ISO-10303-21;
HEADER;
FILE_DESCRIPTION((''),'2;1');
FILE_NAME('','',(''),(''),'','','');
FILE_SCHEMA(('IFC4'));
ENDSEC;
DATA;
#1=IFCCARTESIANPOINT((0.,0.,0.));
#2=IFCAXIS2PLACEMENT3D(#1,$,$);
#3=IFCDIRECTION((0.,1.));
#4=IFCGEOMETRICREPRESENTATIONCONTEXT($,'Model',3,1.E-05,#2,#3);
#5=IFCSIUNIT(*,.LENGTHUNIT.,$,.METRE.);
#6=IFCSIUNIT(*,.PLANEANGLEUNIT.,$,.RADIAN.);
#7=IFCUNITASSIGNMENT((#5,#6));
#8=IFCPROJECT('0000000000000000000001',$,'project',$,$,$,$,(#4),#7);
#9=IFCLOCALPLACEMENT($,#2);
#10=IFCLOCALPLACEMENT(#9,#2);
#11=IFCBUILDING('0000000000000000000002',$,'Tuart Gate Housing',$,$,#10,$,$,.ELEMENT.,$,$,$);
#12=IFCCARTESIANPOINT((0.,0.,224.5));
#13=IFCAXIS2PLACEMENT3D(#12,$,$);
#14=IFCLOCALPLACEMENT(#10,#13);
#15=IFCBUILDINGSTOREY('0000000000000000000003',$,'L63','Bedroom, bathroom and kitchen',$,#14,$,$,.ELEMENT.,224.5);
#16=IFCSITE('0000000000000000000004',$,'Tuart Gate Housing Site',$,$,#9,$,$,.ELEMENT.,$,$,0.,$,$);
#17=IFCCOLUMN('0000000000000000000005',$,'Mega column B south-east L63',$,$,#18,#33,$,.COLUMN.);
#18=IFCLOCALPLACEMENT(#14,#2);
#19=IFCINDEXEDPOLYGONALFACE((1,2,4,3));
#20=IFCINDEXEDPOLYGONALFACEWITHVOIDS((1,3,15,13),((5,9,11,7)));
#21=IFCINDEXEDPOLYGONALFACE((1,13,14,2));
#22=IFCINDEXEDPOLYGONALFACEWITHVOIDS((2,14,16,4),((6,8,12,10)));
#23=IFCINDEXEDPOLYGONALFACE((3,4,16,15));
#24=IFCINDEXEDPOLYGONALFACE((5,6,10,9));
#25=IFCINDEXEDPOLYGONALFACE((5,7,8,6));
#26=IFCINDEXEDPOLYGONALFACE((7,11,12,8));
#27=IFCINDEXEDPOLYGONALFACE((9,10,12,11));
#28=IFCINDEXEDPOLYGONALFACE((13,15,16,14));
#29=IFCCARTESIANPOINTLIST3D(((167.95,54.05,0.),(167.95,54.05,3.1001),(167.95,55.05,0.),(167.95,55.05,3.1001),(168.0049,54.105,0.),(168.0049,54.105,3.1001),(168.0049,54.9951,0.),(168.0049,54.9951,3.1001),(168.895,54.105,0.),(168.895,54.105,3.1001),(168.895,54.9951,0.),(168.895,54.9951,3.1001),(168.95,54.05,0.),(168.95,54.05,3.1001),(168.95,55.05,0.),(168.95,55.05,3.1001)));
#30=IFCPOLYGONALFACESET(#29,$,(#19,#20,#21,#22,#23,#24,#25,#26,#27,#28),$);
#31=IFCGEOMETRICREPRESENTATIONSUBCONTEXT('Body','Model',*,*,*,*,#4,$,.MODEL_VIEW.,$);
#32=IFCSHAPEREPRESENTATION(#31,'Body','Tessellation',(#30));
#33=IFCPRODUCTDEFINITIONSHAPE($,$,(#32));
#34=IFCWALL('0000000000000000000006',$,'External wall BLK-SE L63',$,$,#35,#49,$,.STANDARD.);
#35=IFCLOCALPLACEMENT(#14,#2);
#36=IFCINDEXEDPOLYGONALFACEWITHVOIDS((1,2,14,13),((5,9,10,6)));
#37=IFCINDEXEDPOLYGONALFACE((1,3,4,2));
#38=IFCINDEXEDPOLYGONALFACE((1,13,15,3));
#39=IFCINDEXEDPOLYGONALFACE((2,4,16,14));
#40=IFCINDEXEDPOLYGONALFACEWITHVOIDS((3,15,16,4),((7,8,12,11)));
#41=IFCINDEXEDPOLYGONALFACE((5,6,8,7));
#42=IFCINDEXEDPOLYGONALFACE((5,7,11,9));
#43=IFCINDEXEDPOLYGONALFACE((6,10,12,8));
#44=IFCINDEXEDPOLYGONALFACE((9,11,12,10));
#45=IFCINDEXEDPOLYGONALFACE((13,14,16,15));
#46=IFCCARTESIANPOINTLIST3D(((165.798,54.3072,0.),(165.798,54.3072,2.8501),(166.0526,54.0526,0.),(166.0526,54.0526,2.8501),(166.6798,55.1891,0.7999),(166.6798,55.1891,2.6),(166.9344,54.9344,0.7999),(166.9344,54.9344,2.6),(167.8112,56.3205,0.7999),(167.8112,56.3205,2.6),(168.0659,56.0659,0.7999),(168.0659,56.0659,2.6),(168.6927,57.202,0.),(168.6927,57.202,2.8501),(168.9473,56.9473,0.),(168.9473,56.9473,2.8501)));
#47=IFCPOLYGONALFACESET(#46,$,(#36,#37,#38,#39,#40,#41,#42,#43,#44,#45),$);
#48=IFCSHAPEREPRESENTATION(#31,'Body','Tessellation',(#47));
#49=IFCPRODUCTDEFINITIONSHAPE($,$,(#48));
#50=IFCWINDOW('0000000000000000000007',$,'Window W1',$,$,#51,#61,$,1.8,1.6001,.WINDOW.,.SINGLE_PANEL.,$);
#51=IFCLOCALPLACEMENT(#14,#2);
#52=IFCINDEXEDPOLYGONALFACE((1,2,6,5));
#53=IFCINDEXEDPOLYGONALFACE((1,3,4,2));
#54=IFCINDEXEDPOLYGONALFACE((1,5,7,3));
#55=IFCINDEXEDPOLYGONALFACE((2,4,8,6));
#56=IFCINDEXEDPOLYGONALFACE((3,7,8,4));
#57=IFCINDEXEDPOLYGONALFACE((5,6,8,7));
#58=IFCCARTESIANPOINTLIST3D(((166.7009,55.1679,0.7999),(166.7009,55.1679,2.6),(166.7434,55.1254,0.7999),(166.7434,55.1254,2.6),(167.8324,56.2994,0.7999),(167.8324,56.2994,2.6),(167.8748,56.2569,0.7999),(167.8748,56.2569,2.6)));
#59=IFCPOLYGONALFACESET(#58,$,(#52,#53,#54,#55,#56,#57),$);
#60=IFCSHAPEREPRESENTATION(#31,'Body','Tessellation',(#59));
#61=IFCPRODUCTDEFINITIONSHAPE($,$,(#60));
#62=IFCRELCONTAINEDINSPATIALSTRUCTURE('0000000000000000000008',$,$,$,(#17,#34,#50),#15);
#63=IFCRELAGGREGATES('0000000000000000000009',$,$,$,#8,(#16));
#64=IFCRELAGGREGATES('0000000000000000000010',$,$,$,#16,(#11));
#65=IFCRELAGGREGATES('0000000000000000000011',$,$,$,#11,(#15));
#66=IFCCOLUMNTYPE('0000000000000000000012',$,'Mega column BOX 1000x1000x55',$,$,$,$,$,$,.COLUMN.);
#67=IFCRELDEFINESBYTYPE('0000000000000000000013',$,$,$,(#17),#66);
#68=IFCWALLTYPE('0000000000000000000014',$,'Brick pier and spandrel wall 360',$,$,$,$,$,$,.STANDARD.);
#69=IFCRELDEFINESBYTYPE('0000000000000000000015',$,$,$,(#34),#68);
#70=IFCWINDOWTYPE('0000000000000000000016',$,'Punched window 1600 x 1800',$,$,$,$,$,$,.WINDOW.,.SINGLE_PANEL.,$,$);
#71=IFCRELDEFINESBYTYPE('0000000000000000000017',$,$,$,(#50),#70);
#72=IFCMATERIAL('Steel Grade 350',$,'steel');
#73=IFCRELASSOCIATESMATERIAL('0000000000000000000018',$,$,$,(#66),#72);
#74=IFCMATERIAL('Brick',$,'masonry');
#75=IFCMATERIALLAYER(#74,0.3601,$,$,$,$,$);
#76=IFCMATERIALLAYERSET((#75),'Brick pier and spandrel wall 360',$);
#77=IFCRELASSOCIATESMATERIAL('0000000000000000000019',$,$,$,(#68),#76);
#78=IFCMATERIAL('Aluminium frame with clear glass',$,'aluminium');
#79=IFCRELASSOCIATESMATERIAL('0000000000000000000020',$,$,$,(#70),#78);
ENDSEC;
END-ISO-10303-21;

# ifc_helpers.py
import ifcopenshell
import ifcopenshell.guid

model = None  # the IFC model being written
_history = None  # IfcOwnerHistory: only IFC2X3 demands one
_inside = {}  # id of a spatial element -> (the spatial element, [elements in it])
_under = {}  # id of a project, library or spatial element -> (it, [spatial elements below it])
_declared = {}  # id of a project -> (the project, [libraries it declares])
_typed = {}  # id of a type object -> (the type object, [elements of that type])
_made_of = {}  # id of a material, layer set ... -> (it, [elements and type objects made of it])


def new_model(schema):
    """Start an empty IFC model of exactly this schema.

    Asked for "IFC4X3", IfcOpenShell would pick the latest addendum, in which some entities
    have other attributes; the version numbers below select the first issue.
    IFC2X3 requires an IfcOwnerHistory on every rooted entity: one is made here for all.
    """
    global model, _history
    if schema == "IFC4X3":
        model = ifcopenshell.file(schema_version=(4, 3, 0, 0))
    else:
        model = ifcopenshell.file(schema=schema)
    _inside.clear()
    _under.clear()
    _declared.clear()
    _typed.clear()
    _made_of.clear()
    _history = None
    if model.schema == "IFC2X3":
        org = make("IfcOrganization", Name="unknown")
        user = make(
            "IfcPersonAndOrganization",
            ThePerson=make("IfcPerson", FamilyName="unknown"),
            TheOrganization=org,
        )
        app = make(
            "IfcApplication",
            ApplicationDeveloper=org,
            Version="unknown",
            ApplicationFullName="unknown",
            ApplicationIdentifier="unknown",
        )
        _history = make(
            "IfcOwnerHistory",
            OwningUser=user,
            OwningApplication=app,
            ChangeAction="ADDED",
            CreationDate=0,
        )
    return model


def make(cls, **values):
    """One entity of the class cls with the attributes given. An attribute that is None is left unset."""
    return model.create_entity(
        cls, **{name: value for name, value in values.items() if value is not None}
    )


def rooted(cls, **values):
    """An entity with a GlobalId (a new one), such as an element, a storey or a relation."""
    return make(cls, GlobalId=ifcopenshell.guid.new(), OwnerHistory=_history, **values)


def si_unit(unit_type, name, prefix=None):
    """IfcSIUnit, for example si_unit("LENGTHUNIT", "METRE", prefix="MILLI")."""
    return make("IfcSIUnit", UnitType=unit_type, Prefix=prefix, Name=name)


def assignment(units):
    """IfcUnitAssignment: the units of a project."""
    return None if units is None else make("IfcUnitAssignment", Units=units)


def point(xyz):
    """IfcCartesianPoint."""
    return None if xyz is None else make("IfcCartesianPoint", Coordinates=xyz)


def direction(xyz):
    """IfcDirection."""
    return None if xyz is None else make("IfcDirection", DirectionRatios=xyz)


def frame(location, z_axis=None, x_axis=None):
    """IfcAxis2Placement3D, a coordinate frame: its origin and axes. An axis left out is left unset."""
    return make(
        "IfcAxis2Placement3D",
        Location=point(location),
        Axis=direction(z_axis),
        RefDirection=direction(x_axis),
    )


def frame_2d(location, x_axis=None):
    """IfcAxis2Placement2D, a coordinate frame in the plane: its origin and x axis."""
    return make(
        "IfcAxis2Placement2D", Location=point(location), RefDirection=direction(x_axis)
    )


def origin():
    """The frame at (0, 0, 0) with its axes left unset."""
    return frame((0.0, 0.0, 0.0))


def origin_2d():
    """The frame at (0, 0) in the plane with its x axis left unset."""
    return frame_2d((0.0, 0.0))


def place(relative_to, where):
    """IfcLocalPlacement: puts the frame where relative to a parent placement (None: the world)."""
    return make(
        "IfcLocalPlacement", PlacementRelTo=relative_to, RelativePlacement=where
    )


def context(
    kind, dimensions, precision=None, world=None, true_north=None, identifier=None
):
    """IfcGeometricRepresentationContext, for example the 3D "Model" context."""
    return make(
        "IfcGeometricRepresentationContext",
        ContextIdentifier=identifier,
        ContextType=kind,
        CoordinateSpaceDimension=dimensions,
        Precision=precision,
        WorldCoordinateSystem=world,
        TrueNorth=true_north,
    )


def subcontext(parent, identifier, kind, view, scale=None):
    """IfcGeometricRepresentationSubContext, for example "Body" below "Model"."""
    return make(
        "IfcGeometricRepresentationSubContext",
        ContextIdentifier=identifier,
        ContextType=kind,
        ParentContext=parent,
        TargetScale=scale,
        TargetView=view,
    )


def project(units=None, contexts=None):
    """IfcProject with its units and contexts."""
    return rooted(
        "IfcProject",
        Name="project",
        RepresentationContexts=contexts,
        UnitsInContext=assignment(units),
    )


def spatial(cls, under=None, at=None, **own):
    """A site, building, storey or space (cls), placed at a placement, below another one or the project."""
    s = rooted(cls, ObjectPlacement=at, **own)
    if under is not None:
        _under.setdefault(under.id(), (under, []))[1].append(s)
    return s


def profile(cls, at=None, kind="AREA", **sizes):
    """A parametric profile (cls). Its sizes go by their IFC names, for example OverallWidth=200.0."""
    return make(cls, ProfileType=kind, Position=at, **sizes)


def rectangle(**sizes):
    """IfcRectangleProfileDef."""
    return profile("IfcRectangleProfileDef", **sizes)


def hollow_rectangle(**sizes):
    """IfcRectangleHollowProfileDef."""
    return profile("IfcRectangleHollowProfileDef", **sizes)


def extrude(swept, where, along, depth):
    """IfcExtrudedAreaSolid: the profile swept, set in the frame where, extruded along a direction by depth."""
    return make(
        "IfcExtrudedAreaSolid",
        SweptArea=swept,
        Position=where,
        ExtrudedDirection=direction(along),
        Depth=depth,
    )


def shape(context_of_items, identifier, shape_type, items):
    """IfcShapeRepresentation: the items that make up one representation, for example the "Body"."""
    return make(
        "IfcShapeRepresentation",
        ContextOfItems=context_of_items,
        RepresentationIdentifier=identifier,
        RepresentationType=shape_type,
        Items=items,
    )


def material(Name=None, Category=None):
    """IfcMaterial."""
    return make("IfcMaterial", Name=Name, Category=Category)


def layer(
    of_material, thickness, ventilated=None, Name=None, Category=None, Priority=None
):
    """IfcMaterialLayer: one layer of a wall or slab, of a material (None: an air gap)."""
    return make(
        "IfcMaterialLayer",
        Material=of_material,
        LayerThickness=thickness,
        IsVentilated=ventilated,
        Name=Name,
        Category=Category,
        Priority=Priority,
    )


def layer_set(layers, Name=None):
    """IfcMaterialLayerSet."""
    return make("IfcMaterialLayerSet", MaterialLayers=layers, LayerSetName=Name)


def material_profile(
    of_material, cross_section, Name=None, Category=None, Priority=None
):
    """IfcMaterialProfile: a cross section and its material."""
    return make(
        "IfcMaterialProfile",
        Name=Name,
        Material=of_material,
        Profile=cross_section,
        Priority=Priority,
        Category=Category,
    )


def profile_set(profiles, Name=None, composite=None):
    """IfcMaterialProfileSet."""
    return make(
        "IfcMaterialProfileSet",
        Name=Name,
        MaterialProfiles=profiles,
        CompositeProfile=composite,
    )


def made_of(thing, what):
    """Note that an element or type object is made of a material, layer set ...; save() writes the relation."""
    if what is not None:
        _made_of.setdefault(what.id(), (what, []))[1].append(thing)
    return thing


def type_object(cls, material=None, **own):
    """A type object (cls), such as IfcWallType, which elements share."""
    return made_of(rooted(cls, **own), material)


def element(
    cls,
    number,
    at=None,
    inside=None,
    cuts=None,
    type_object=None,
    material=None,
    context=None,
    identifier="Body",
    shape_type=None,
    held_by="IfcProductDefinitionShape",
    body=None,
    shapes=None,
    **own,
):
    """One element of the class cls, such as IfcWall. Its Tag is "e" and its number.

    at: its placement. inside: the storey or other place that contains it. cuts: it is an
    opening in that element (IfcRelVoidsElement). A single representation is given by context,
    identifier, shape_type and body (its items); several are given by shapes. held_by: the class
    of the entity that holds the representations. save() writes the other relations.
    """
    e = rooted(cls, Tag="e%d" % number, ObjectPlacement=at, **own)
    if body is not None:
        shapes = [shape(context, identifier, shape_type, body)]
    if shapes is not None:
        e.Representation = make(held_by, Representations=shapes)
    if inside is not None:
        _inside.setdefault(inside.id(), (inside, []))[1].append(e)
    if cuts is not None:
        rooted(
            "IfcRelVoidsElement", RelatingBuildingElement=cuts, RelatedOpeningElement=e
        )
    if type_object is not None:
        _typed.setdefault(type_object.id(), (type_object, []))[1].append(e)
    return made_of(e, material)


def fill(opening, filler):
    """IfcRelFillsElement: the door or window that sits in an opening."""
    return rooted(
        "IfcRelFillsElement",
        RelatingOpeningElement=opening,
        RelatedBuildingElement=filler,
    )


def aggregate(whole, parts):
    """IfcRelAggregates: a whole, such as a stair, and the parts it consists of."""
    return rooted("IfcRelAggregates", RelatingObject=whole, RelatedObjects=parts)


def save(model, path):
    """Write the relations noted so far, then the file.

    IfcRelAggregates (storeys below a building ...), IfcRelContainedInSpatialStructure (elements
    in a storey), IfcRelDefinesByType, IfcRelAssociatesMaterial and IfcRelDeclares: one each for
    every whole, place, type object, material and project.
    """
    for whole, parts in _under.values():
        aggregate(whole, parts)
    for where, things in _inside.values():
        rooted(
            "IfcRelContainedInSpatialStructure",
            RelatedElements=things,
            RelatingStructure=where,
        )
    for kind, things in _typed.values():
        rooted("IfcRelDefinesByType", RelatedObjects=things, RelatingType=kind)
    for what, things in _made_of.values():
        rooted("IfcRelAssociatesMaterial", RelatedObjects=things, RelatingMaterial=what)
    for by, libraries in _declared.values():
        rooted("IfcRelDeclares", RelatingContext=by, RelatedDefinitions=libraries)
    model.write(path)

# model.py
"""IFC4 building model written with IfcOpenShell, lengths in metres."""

from ifc_helpers import new_model, si_unit, direction, frame, frame_2d, origin, origin_2d, place, context, subcontext, project, spatial, rectangle, hollow_rectangle, extrude, material, layer, layer_set, material_profile, profile_set, type_object, element, fill, save


model = new_model("IFC4")

# Units and contexts
model_context = context("Model", 3, precision=1e-05, world=origin(), true_north=direction((0.0, 1.0)))
body_context = subcontext(model_context, "Body", "Model", "MODEL_VIEW")
ifc_project = project(units=[si_unit("LENGTHUNIT", "METRE"), si_unit("PLANEANGLEUNIT", "RADIAN")], contexts=[model_context])

# Site, building, storey
site_placement = place(None, origin())
site = spatial("IfcSite", under=ifc_project, at=site_placement, Name="Tuart Gate Housing Site", CompositionType="ELEMENT", RefElevation=0.0)
building_placement = place(site_placement, origin())
building = spatial("IfcBuilding", under=site, at=building_placement, Name="Tuart Gate Housing", CompositionType="ELEMENT")
storey_placement = place(building_placement, frame((0.0, 0.0, 224.5)))
storey = spatial("IfcBuildingStorey", under=building, at=storey_placement, Name="L63", Description="Bedroom, bathroom and kitchen", CompositionType="ELEMENT", Elevation=224.5)

# Column
ifc_material_1 = material(Name="Steel Grade 350", Category="steel")
ifc_material_profile = material_profile(ifc_material_1, hollow_rectangle(XDim=1.0, YDim=1.0, WallThickness=0.0549, at=origin_2d()), Name="BOX 1000x1000x55")
ifc_profile_set = profile_set([ifc_material_profile], Name="Steel Grade 350")
column_type = type_object("IfcColumnType", Name="Mega column BOX 1000x1000x55", PredefinedType="COLUMN", material=ifc_profile_set)
column_placement = place(storey_placement, frame((168.45, 54.55, 0.0), z_axis=(0.0, 0.0, 1.0), x_axis=(1.0, 0.0, 0.0)))
element("IfcColumn", 1, at=column_placement, inside=storey, type_object=column_type, Name="Mega column B south-east L63", PredefinedType="COLUMN", context=body_context, shape_type="SweptSolid", body=[
    extrude(hollow_rectangle(XDim=1.0, YDim=1.0, WallThickness=0.0549, at=origin_2d()), origin(), (0.0, 0.0, 1.0), 3.1001),
])

# Wall, opening, window
ifc_material_2 = material(Name="Brick", Category="masonry")
ifc_layer_1 = layer(ifc_material_2, 0.3601)
ifc_layer_set_1 = layer_set([ifc_layer_1], Name="Brick pier and spandrel wall 360")
wall_type_1 = type_object("IfcWallType", Name="Brick pier and spandrel wall 360", PredefinedType="STANDARD", material=ifc_layer_set_1)
wall_1_placement = place(storey_placement, frame((165.9253, 54.1799, 0.0), z_axis=(0.0, 0.0, 1.0), x_axis=(0.707107, 0.707107, 0.0)))
wall_1 = element("IfcWall", 2, at=wall_1_placement, inside=storey, type_object=wall_type_1, Name="External wall BLK-SE L63", PredefinedType="STANDARD", context=body_context, shape_type="SweptSolid", body=[
    extrude(rectangle(XDim=4.0938, YDim=0.3601, at=frame_2d((2.0469, 0.0))), origin(), (0.0, 0.0, 1.0), 2.8501),
])
opening_1_placement = place(wall_1_placement, frame((1.2471, 0.0, 0.8)))
opening_1 = element("IfcOpeningElement", 3, at=opening_1_placement, cuts=wall_1, PredefinedType="OPENING", context=body_context, shape_type="SweptSolid", body=[
    extrude(rectangle(XDim=1.6001, YDim=1.8, at=frame_2d((0.8, 0.8999))), frame((0.0, 0.1899, 0.0), z_axis=(0.0, -1.0, 0.0), x_axis=(1.0, 0.0, 0.0)), (0.0, 0.0, 1.0), 0.3801),
])
ifc_material_3 = material(Name="Aluminium frame with clear glass", Category="aluminium")
window_type_1 = type_object("IfcWindowType", Name="Punched window 1600 x 1800", PartitioningType="SINGLE_PANEL", PredefinedType="WINDOW", material=ifc_material_3)
window_1_placement = place(opening_1_placement, origin())
window_1 = element("IfcWindow", 4, at=window_1_placement, inside=storey, type_object=window_type_1, Name="Window W1", OverallHeight=1.8, OverallWidth=1.6001, PartitioningType="SINGLE_PANEL", PredefinedType="WINDOW", context=body_context, shape_type="SweptSolid", body=[
    extrude(rectangle(XDim=1.6001, YDim=1.8, at=frame_2d((0.8, 0.8999))), frame((0.0, 0.1501, 0.0), z_axis=(0.0, -1.0, 0.0), x_axis=(1.0, 0.0, 0.0)), (0.0, 0.0, 1.0), 0.0601),
])
fill(opening_1, window_1)

save(model, "model.ifc")
